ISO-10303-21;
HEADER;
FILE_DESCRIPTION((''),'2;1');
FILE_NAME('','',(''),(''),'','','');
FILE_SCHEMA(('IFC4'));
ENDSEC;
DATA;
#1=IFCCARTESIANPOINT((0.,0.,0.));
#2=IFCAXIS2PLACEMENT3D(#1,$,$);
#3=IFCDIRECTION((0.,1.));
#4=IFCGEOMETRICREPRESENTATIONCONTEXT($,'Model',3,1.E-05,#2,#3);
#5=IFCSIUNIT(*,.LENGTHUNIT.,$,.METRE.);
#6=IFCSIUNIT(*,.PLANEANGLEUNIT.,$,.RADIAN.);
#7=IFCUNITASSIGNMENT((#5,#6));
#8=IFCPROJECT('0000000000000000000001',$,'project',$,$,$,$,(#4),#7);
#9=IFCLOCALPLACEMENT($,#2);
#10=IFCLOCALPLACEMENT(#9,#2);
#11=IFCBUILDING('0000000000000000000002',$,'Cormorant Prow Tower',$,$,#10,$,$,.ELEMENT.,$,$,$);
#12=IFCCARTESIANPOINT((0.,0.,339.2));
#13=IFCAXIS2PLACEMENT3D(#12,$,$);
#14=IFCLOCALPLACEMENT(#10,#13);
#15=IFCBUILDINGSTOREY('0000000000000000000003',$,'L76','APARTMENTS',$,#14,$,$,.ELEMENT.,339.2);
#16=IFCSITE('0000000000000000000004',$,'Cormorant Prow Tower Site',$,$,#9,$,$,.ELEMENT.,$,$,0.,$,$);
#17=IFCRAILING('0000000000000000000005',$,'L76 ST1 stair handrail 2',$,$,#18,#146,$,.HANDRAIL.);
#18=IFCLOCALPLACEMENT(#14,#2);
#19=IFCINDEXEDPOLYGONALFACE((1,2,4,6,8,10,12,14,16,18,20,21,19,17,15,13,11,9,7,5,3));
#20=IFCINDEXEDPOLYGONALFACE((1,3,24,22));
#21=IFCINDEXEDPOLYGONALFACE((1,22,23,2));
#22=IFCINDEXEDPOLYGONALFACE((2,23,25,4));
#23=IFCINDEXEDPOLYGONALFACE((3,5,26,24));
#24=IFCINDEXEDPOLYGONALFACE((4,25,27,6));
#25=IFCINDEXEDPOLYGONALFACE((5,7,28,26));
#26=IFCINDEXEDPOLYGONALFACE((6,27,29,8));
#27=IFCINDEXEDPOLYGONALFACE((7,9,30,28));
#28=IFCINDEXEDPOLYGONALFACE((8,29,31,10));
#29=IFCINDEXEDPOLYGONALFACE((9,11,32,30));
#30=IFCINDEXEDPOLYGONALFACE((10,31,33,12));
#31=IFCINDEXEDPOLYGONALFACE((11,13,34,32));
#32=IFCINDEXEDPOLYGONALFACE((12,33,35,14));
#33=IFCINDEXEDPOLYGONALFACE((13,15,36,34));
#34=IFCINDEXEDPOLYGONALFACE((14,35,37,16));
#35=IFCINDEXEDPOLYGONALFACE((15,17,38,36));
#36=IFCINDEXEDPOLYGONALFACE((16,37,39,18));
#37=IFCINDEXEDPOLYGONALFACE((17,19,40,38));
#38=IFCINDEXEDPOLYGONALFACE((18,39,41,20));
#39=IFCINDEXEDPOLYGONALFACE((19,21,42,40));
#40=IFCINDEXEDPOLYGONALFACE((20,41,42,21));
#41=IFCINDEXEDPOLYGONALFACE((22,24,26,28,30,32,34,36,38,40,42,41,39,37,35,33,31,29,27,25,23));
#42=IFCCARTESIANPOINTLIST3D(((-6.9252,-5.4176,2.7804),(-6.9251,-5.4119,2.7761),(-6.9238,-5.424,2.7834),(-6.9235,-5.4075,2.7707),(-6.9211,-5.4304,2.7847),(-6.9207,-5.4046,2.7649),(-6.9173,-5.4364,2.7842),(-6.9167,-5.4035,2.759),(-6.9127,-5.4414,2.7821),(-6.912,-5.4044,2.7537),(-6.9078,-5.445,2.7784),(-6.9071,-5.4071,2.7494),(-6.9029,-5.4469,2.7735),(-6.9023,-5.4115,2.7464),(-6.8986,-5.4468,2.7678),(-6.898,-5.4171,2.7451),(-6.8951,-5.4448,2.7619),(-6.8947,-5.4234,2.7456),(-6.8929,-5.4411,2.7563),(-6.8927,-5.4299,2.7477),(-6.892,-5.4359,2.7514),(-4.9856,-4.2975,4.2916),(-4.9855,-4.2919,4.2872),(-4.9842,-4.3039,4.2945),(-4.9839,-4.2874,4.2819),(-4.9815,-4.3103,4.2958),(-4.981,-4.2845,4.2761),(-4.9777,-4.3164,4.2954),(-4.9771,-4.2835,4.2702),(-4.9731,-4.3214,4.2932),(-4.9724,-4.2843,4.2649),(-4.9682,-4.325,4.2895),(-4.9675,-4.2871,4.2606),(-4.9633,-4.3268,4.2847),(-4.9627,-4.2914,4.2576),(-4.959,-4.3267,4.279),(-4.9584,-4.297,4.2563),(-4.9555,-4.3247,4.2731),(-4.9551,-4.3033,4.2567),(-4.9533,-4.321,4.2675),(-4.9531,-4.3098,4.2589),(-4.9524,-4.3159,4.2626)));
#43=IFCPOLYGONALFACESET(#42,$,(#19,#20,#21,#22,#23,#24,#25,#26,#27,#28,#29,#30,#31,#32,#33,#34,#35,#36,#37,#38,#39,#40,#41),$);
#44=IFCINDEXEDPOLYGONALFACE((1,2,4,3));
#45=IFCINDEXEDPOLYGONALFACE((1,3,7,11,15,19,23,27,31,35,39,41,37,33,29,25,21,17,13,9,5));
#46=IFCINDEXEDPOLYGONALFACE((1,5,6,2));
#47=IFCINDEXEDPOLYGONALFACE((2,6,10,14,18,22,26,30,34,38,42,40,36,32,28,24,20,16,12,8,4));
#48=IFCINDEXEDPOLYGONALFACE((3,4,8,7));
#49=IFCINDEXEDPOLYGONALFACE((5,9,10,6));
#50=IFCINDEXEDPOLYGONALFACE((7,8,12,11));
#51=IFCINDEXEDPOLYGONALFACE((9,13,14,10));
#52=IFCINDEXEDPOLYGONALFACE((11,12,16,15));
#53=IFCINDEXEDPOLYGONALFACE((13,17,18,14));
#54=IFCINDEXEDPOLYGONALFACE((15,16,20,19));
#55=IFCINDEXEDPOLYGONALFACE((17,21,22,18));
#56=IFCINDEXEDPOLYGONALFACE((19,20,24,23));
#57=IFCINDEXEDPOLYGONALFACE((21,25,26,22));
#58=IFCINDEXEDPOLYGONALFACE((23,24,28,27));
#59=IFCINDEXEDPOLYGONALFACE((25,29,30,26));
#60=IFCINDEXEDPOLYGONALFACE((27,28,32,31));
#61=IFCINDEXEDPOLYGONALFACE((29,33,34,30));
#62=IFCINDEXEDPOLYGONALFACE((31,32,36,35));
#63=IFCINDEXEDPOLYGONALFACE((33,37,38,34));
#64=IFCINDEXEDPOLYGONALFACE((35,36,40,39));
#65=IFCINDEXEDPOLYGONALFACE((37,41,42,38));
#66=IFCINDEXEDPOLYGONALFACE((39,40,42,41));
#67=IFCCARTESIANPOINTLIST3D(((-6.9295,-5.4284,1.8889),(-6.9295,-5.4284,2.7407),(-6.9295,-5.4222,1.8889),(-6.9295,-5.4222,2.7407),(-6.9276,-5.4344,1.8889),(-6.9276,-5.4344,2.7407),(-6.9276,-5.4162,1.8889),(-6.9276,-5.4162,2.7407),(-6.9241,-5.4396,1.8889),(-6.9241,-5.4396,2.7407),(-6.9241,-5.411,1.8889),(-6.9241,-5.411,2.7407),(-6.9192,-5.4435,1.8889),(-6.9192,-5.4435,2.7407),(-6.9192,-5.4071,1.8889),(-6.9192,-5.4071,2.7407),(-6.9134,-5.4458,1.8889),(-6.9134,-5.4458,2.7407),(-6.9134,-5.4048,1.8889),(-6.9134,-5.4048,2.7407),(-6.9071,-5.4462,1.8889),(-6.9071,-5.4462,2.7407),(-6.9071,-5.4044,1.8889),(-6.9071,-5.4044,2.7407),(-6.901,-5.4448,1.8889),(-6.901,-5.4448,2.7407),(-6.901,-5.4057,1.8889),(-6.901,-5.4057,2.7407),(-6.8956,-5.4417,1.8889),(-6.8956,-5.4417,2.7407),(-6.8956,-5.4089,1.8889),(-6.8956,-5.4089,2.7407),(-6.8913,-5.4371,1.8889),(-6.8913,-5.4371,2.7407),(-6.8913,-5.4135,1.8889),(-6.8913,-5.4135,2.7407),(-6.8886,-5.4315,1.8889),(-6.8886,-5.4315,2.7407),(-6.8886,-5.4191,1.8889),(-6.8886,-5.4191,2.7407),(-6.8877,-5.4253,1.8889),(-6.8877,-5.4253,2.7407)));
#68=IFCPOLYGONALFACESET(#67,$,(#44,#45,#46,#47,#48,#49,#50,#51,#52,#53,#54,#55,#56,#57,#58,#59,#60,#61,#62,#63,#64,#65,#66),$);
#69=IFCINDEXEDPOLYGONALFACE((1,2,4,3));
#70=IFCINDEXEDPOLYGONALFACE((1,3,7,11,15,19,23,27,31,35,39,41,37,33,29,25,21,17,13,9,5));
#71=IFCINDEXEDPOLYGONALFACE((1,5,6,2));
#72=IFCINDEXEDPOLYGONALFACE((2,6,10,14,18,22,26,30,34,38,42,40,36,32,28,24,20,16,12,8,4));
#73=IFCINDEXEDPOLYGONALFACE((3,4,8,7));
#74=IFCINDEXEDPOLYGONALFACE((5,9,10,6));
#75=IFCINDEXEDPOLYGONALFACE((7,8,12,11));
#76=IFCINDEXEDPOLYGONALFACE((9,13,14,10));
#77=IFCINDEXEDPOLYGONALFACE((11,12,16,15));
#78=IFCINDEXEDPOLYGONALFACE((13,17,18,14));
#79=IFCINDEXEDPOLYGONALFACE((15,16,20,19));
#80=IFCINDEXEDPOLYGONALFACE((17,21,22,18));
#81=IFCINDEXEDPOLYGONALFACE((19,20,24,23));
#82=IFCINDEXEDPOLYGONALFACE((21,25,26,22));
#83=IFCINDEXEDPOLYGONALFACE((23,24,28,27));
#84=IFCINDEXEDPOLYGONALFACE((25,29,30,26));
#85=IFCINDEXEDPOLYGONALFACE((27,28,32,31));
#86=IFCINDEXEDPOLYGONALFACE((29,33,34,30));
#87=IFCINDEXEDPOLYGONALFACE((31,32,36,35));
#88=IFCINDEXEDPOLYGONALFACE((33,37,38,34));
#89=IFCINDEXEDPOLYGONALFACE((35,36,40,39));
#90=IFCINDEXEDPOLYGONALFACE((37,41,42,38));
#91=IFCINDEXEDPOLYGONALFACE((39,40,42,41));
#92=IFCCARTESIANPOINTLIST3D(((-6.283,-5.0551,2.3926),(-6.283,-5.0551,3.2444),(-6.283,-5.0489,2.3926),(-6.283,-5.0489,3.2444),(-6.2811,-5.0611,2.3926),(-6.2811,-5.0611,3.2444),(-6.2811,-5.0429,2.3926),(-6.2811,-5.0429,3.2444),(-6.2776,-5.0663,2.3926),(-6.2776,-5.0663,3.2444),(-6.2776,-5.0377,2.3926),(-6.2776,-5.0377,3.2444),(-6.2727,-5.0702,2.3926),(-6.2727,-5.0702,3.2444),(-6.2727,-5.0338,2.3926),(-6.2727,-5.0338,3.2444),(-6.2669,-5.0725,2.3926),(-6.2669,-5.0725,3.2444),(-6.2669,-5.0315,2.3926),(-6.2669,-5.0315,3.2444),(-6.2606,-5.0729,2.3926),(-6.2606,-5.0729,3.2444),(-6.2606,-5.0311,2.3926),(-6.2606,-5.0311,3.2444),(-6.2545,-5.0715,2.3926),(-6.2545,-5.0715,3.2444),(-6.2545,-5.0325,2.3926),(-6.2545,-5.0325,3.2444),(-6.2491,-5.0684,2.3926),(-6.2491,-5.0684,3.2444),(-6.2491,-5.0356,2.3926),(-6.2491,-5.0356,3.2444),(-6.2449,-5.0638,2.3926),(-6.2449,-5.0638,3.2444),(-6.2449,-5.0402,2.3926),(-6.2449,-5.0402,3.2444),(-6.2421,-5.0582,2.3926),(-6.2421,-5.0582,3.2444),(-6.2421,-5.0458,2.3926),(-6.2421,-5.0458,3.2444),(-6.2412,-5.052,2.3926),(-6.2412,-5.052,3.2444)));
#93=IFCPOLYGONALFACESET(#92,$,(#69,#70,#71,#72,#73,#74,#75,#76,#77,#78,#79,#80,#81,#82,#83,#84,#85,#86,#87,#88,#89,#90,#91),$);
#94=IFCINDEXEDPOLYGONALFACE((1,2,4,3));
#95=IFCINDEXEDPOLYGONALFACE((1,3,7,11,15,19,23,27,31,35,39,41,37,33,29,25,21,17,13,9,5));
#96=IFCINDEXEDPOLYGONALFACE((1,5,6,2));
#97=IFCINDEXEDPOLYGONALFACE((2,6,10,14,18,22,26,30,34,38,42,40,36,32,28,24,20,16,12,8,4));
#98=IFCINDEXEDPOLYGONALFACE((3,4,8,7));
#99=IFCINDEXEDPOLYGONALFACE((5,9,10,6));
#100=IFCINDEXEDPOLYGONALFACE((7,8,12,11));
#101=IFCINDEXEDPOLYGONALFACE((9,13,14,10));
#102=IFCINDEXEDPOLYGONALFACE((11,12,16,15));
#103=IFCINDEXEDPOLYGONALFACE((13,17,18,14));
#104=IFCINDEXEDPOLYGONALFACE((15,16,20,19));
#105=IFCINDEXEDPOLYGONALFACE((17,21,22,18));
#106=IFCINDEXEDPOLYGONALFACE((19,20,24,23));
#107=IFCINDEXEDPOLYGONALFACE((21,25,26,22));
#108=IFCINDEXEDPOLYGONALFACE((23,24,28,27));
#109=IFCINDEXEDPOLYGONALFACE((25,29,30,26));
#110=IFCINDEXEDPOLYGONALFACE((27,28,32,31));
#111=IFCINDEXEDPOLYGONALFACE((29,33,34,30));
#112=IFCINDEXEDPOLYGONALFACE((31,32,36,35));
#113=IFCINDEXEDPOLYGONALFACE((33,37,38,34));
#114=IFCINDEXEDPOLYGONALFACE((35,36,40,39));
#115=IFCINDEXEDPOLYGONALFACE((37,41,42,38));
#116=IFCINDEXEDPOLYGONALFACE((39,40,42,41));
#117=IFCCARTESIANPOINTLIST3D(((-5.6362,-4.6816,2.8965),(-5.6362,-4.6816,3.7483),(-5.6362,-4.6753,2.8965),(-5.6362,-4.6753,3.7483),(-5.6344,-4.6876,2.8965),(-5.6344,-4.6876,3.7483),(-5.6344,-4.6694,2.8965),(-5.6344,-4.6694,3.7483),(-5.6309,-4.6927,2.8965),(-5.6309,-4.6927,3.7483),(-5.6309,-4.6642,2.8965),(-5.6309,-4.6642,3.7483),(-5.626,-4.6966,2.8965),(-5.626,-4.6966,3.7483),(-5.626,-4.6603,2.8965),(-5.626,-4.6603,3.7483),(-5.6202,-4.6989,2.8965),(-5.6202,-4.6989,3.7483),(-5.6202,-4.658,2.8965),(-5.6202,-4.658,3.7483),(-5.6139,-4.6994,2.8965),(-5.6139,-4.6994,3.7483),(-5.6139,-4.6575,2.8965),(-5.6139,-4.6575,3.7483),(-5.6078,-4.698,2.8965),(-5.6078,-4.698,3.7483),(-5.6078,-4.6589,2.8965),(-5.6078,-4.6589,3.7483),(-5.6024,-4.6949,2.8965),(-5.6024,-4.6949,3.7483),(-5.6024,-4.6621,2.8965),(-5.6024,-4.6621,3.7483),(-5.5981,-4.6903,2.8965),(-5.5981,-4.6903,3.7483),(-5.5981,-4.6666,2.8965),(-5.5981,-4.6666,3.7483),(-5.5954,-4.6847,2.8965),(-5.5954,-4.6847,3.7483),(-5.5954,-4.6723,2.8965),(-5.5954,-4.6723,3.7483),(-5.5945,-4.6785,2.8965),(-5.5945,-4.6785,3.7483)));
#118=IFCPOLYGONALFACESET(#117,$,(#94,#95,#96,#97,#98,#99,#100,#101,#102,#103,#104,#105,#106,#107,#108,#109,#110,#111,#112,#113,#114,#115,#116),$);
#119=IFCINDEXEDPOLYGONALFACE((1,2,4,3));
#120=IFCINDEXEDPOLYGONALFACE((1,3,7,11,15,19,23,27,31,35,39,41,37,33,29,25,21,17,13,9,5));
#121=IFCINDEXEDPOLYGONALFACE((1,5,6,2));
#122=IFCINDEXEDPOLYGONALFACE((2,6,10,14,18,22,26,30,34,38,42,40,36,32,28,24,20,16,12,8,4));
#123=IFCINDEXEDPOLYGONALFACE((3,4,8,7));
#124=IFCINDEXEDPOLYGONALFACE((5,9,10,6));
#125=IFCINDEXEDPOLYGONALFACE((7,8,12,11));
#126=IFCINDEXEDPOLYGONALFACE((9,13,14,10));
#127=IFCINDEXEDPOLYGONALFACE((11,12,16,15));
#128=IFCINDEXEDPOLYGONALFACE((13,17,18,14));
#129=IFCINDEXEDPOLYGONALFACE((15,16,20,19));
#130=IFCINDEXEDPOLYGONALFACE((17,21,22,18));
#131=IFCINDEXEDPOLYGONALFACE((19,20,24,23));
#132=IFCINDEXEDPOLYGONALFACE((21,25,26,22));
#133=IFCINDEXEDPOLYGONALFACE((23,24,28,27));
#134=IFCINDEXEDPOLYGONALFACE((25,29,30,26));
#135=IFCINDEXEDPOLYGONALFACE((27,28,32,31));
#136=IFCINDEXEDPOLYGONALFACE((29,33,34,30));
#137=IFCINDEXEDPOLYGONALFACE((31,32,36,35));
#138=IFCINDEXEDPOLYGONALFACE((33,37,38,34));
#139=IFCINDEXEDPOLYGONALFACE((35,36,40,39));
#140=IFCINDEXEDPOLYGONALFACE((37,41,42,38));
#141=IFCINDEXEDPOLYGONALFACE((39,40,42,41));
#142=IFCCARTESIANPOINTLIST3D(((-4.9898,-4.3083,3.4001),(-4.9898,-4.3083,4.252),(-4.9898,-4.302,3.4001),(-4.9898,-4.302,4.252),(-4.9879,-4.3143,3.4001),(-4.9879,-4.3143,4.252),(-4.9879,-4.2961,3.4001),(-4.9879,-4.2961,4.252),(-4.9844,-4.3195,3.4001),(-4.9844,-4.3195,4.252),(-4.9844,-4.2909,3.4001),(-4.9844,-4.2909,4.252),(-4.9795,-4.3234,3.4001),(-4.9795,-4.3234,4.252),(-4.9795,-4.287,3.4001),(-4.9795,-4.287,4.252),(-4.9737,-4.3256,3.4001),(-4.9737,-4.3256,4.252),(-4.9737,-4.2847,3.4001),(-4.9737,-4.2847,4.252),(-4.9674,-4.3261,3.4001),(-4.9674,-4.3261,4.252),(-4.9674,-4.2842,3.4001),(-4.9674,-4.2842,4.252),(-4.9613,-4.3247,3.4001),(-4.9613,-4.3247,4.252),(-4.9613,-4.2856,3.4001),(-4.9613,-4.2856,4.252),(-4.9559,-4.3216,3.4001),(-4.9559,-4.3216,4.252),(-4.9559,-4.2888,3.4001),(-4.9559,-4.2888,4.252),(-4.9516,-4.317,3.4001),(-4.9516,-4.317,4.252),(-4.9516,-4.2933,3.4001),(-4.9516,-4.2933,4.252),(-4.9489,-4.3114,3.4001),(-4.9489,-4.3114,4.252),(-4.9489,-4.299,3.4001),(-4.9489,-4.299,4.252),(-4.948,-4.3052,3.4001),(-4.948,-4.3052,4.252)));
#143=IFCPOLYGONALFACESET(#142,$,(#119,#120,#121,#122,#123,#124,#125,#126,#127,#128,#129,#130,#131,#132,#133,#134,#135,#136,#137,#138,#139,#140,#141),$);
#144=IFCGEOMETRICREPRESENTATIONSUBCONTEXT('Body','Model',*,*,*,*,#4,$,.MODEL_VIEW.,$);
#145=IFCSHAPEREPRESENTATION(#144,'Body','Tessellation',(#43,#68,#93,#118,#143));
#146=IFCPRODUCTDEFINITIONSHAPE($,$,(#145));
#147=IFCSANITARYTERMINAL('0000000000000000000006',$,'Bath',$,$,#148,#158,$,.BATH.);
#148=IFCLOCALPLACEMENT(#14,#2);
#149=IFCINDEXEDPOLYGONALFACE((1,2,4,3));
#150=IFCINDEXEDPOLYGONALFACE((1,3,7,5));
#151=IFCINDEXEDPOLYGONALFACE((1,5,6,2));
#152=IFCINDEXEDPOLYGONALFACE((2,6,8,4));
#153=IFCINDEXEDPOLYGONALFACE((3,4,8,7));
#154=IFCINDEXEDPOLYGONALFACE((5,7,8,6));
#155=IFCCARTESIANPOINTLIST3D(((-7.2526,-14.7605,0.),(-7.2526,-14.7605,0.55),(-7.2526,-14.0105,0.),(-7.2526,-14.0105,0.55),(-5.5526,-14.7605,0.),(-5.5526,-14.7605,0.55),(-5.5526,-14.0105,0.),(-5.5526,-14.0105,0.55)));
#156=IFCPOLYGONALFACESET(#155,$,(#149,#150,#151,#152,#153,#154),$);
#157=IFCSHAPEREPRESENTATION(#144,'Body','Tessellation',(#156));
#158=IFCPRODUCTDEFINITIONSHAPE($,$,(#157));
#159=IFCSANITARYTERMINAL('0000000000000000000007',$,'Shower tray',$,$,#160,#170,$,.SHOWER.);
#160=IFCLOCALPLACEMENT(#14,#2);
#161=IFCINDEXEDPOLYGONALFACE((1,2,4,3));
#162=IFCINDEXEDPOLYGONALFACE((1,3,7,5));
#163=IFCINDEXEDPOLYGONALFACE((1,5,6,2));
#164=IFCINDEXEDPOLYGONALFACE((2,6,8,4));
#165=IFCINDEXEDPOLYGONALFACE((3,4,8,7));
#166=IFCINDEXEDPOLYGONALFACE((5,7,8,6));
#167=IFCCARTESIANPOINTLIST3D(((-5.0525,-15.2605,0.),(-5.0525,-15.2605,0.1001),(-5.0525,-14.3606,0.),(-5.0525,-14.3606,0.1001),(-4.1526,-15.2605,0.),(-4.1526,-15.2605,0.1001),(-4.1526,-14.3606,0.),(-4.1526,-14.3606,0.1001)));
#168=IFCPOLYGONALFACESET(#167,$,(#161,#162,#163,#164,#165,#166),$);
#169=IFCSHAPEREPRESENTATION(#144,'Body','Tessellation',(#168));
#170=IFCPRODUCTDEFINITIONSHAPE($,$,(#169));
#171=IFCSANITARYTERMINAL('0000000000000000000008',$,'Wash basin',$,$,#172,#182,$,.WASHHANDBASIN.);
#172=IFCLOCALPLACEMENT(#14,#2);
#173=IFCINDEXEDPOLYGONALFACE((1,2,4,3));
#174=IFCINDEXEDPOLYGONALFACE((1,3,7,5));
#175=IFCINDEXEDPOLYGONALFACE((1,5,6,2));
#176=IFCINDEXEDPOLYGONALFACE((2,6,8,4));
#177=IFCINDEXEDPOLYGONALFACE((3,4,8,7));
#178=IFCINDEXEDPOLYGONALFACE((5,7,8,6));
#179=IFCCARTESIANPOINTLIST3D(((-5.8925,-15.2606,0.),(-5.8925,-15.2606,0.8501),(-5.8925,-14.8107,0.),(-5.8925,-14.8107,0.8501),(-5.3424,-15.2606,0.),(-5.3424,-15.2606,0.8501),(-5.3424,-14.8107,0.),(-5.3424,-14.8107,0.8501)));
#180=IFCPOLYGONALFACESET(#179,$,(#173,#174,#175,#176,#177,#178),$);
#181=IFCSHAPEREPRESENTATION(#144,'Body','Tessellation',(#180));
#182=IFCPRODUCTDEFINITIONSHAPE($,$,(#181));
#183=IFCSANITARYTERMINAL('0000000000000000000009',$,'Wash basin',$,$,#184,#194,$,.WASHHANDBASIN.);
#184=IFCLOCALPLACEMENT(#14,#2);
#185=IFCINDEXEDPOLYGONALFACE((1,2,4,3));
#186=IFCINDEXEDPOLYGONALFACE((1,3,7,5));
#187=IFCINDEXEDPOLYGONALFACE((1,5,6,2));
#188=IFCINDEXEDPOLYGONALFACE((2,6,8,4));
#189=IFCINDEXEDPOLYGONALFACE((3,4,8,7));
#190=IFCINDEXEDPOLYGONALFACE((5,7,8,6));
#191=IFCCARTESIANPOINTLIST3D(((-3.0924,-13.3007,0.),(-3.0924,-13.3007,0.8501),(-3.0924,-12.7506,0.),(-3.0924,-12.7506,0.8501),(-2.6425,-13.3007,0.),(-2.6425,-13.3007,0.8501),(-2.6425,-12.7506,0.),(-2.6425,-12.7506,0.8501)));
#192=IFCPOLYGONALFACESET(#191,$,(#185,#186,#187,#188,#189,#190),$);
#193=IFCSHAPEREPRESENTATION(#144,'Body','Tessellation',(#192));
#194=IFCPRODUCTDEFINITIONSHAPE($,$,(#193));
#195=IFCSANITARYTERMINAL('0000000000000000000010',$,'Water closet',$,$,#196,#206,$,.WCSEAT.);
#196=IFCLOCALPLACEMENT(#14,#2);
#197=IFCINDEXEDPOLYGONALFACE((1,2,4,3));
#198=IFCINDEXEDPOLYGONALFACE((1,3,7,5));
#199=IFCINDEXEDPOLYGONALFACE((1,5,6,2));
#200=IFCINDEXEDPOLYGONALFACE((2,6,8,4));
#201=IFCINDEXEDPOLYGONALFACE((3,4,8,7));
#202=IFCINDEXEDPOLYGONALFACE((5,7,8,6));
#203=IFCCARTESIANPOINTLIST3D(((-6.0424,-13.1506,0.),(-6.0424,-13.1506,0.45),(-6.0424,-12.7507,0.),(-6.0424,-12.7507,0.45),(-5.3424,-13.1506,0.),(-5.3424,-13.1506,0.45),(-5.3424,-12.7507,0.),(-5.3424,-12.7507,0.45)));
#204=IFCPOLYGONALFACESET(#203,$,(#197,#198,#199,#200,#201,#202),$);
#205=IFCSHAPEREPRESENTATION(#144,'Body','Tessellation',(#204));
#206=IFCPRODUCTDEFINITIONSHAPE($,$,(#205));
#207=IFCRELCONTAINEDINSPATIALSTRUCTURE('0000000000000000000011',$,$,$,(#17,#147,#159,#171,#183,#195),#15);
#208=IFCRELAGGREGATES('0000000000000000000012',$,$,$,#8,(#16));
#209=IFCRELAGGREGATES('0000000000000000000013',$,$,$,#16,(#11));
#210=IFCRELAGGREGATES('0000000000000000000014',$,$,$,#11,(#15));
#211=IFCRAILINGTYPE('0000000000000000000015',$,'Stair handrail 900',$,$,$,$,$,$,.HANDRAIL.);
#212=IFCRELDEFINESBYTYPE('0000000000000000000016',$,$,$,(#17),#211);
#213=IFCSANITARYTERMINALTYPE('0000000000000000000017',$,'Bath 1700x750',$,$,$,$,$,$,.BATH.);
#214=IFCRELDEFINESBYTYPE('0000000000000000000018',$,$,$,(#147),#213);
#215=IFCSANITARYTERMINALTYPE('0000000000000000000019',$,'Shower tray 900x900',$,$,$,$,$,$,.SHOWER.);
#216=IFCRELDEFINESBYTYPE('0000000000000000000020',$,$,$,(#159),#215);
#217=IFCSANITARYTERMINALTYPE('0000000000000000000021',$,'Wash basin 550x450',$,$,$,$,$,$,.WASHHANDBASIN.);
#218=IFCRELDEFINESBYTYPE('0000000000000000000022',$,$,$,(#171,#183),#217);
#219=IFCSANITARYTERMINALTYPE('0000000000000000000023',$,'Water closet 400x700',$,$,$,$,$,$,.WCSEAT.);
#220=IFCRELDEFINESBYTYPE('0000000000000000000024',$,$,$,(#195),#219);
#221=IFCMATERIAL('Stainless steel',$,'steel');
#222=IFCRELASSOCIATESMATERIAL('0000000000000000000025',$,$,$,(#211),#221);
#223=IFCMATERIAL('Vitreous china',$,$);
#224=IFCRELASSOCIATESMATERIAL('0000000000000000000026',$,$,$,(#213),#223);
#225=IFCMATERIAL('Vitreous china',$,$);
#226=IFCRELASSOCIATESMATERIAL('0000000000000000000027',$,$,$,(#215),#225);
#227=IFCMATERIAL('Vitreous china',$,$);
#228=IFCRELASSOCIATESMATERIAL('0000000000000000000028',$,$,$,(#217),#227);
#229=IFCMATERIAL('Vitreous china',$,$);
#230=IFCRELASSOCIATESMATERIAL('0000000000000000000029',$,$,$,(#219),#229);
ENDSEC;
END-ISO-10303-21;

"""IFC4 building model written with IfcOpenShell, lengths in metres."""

from ifc_helpers import new_model, si_unit, direction, frame, origin, origin_2d, place, context, subcontext, project, spatial, rectangle, circle, extrude, material, type_object, element, save


model = new_model("IFC4")

# Units and contexts
model_context = context("Model", 3, precision=1e-05, world=origin(), true_north=direction((0.0, 1.0)))
body_context = subcontext(model_context, "Body", "Model", "MODEL_VIEW")
ifc_project = project(units=[si_unit("LENGTHUNIT", "METRE"), si_unit("PLANEANGLEUNIT", "RADIAN")], contexts=[model_context])

# Site, building, storey
site_placement = place(None, origin())
site = spatial("IfcSite", under=ifc_project, at=site_placement, Name="Cormorant Prow Tower Site", CompositionType="ELEMENT", RefElevation=0.0)
building_placement = place(site_placement, origin())
building = spatial("IfcBuilding", under=site, at=building_placement, Name="Cormorant Prow Tower", CompositionType="ELEMENT")
storey_placement = place(building_placement, frame((0.0, 0.0, 339.2)))
storey = spatial("IfcBuildingStorey", under=building, at=storey_placement, Name="L76", Description="APARTMENTS", CompositionType="ELEMENT", Elevation=339.2)

# Railing
ifc_material_1 = material(Name="Stainless steel", Category="steel")
railing_type = type_object("IfcRailingType", Name="Stair handrail 900", PredefinedType="HANDRAIL", material=ifc_material_1)
railing_placement = place(storey_placement, frame((-6.9087, -5.4253, 1.8889)))
element("IfcRailing", 1, at=railing_placement, inside=storey, type_object=railing_type, Name="L76 ST1 stair handrail 2", PredefinedType="HANDRAIL", context=body_context, shape_type="SweptSolid", body=[
    extrude(circle(Radius=0.0239, at=origin_2d()), frame((0.0, 0.0, 0.876), z_axis=(0.71787, 0.414548, 0.559297), x_axis=(-0.500078, 0.86598, 0.0)), (0.0, 0.0, 1.0), 2.7019),
    extrude(circle(Radius=0.021, at=origin_2d()), origin(), (0.0, 0.0, 1.0), 0.8518),
    extrude(circle(Radius=0.021, at=origin_2d()), frame((0.6465, 0.3733, 0.5037)), (0.0, 0.0, 1.0), 0.8518),
    extrude(circle(Radius=0.021, at=origin_2d()), frame((1.2932, 0.7468, 1.0076)), (0.0, 0.0, 1.0), 0.8518),
    extrude(circle(Radius=0.021, at=origin_2d()), frame((1.9397, 1.1201, 1.5112)), (0.0, 0.0, 1.0), 0.8518),
])

# Sanitary terminals
ifc_material_2 = material(Name="Vitreous china")
sanitary_terminal_type_1 = type_object("IfcSanitaryTerminalType", Name="Bath 1700x750", PredefinedType="BATH", material=ifc_material_2)
sanitary_terminal_1_placement = place(storey_placement, frame((-6.4026, -14.3855, 0.0), z_axis=(0.0, 0.0, 1.0), x_axis=(1.0, 0.0, 0.0)))
element("IfcSanitaryTerminal", 2, at=sanitary_terminal_1_placement, inside=storey, type_object=sanitary_terminal_type_1, Name="Bath", PredefinedType="BATH", context=body_context, shape_type="SweptSolid", body=[
    extrude(rectangle(XDim=1.7, YDim=0.75, at=origin_2d()), origin(), (0.0, 0.0, 1.0), 0.55),
])
ifc_material_3 = material(Name="Vitreous china")
sanitary_terminal_type_2 = type_object("IfcSanitaryTerminalType", Name="Shower tray 900x900", PredefinedType="SHOWER", material=ifc_material_3)
sanitary_terminal_2_placement = place(storey_placement, frame((-4.6025, -14.8105, 0.0), z_axis=(0.0, 0.0, 1.0), x_axis=(0.0, 1.0, 0.0)))
element("IfcSanitaryTerminal", 3, at=sanitary_terminal_2_placement, inside=storey, type_object=sanitary_terminal_type_2, Name="Shower tray", PredefinedType="SHOWER", context=body_context, shape_type="SweptSolid", body=[
    extrude(rectangle(XDim=0.8999, YDim=0.8999, at=origin_2d()), origin(), (0.0, 0.0, 1.0), 0.1001),
])
ifc_material_4 = material(Name="Vitreous china")
sanitary_terminal_type_3 = type_object("IfcSanitaryTerminalType", Name="Wash basin 550x450", PredefinedType="WASHHANDBASIN", material=ifc_material_4)
for number, where, z_axis, x_axis, name in (
    (4, (-5.6174, -15.0356, 0.0), (0.0, 0.0, 1.0), (-1.0, 0.0, 0.0), "Wash basin"),
    (5, (-2.8674, -13.0256, 0.0), (0.0, 0.0, 1.0), (0.0, -1.0, 0.0), "Wash basin"),
):
    element("IfcSanitaryTerminal", number, at=place(storey_placement, frame(where, z_axis=z_axis, x_axis=x_axis)), inside=storey, type_object=sanitary_terminal_type_3, Name=name, PredefinedType="WASHHANDBASIN", context=body_context, shape_type="SweptSolid", body=[
        extrude(rectangle(XDim=0.55, YDim=0.45, at=origin_2d()), origin(), (0.0, 0.0, 1.0), 0.8501),
    ])
ifc_material_5 = material(Name="Vitreous china")
sanitary_terminal_type_4 = type_object("IfcSanitaryTerminalType", Name="Water closet 400x700", PredefinedType="WCSEAT", material=ifc_material_5)
for number, where, z_axis, x_axis, name in (
    (6, (-5.6924, -12.9507, 0.0), (0.0, 0.0, 1.0), (0.0, -1.0, 0.0), "Water closet"),
):
    element("IfcSanitaryTerminal", number, at=place(storey_placement, frame(where, z_axis=z_axis, x_axis=x_axis)), inside=storey, type_object=sanitary_terminal_type_4, Name=name, PredefinedType="WCSEAT", context=body_context, shape_type="SweptSolid", body=[
        extrude(rectangle(XDim=0.3999, YDim=0.7, at=origin_2d()), origin(), (0.0, 0.0, 1.0), 0.45),
    ])

save(model, "model.ifc")
